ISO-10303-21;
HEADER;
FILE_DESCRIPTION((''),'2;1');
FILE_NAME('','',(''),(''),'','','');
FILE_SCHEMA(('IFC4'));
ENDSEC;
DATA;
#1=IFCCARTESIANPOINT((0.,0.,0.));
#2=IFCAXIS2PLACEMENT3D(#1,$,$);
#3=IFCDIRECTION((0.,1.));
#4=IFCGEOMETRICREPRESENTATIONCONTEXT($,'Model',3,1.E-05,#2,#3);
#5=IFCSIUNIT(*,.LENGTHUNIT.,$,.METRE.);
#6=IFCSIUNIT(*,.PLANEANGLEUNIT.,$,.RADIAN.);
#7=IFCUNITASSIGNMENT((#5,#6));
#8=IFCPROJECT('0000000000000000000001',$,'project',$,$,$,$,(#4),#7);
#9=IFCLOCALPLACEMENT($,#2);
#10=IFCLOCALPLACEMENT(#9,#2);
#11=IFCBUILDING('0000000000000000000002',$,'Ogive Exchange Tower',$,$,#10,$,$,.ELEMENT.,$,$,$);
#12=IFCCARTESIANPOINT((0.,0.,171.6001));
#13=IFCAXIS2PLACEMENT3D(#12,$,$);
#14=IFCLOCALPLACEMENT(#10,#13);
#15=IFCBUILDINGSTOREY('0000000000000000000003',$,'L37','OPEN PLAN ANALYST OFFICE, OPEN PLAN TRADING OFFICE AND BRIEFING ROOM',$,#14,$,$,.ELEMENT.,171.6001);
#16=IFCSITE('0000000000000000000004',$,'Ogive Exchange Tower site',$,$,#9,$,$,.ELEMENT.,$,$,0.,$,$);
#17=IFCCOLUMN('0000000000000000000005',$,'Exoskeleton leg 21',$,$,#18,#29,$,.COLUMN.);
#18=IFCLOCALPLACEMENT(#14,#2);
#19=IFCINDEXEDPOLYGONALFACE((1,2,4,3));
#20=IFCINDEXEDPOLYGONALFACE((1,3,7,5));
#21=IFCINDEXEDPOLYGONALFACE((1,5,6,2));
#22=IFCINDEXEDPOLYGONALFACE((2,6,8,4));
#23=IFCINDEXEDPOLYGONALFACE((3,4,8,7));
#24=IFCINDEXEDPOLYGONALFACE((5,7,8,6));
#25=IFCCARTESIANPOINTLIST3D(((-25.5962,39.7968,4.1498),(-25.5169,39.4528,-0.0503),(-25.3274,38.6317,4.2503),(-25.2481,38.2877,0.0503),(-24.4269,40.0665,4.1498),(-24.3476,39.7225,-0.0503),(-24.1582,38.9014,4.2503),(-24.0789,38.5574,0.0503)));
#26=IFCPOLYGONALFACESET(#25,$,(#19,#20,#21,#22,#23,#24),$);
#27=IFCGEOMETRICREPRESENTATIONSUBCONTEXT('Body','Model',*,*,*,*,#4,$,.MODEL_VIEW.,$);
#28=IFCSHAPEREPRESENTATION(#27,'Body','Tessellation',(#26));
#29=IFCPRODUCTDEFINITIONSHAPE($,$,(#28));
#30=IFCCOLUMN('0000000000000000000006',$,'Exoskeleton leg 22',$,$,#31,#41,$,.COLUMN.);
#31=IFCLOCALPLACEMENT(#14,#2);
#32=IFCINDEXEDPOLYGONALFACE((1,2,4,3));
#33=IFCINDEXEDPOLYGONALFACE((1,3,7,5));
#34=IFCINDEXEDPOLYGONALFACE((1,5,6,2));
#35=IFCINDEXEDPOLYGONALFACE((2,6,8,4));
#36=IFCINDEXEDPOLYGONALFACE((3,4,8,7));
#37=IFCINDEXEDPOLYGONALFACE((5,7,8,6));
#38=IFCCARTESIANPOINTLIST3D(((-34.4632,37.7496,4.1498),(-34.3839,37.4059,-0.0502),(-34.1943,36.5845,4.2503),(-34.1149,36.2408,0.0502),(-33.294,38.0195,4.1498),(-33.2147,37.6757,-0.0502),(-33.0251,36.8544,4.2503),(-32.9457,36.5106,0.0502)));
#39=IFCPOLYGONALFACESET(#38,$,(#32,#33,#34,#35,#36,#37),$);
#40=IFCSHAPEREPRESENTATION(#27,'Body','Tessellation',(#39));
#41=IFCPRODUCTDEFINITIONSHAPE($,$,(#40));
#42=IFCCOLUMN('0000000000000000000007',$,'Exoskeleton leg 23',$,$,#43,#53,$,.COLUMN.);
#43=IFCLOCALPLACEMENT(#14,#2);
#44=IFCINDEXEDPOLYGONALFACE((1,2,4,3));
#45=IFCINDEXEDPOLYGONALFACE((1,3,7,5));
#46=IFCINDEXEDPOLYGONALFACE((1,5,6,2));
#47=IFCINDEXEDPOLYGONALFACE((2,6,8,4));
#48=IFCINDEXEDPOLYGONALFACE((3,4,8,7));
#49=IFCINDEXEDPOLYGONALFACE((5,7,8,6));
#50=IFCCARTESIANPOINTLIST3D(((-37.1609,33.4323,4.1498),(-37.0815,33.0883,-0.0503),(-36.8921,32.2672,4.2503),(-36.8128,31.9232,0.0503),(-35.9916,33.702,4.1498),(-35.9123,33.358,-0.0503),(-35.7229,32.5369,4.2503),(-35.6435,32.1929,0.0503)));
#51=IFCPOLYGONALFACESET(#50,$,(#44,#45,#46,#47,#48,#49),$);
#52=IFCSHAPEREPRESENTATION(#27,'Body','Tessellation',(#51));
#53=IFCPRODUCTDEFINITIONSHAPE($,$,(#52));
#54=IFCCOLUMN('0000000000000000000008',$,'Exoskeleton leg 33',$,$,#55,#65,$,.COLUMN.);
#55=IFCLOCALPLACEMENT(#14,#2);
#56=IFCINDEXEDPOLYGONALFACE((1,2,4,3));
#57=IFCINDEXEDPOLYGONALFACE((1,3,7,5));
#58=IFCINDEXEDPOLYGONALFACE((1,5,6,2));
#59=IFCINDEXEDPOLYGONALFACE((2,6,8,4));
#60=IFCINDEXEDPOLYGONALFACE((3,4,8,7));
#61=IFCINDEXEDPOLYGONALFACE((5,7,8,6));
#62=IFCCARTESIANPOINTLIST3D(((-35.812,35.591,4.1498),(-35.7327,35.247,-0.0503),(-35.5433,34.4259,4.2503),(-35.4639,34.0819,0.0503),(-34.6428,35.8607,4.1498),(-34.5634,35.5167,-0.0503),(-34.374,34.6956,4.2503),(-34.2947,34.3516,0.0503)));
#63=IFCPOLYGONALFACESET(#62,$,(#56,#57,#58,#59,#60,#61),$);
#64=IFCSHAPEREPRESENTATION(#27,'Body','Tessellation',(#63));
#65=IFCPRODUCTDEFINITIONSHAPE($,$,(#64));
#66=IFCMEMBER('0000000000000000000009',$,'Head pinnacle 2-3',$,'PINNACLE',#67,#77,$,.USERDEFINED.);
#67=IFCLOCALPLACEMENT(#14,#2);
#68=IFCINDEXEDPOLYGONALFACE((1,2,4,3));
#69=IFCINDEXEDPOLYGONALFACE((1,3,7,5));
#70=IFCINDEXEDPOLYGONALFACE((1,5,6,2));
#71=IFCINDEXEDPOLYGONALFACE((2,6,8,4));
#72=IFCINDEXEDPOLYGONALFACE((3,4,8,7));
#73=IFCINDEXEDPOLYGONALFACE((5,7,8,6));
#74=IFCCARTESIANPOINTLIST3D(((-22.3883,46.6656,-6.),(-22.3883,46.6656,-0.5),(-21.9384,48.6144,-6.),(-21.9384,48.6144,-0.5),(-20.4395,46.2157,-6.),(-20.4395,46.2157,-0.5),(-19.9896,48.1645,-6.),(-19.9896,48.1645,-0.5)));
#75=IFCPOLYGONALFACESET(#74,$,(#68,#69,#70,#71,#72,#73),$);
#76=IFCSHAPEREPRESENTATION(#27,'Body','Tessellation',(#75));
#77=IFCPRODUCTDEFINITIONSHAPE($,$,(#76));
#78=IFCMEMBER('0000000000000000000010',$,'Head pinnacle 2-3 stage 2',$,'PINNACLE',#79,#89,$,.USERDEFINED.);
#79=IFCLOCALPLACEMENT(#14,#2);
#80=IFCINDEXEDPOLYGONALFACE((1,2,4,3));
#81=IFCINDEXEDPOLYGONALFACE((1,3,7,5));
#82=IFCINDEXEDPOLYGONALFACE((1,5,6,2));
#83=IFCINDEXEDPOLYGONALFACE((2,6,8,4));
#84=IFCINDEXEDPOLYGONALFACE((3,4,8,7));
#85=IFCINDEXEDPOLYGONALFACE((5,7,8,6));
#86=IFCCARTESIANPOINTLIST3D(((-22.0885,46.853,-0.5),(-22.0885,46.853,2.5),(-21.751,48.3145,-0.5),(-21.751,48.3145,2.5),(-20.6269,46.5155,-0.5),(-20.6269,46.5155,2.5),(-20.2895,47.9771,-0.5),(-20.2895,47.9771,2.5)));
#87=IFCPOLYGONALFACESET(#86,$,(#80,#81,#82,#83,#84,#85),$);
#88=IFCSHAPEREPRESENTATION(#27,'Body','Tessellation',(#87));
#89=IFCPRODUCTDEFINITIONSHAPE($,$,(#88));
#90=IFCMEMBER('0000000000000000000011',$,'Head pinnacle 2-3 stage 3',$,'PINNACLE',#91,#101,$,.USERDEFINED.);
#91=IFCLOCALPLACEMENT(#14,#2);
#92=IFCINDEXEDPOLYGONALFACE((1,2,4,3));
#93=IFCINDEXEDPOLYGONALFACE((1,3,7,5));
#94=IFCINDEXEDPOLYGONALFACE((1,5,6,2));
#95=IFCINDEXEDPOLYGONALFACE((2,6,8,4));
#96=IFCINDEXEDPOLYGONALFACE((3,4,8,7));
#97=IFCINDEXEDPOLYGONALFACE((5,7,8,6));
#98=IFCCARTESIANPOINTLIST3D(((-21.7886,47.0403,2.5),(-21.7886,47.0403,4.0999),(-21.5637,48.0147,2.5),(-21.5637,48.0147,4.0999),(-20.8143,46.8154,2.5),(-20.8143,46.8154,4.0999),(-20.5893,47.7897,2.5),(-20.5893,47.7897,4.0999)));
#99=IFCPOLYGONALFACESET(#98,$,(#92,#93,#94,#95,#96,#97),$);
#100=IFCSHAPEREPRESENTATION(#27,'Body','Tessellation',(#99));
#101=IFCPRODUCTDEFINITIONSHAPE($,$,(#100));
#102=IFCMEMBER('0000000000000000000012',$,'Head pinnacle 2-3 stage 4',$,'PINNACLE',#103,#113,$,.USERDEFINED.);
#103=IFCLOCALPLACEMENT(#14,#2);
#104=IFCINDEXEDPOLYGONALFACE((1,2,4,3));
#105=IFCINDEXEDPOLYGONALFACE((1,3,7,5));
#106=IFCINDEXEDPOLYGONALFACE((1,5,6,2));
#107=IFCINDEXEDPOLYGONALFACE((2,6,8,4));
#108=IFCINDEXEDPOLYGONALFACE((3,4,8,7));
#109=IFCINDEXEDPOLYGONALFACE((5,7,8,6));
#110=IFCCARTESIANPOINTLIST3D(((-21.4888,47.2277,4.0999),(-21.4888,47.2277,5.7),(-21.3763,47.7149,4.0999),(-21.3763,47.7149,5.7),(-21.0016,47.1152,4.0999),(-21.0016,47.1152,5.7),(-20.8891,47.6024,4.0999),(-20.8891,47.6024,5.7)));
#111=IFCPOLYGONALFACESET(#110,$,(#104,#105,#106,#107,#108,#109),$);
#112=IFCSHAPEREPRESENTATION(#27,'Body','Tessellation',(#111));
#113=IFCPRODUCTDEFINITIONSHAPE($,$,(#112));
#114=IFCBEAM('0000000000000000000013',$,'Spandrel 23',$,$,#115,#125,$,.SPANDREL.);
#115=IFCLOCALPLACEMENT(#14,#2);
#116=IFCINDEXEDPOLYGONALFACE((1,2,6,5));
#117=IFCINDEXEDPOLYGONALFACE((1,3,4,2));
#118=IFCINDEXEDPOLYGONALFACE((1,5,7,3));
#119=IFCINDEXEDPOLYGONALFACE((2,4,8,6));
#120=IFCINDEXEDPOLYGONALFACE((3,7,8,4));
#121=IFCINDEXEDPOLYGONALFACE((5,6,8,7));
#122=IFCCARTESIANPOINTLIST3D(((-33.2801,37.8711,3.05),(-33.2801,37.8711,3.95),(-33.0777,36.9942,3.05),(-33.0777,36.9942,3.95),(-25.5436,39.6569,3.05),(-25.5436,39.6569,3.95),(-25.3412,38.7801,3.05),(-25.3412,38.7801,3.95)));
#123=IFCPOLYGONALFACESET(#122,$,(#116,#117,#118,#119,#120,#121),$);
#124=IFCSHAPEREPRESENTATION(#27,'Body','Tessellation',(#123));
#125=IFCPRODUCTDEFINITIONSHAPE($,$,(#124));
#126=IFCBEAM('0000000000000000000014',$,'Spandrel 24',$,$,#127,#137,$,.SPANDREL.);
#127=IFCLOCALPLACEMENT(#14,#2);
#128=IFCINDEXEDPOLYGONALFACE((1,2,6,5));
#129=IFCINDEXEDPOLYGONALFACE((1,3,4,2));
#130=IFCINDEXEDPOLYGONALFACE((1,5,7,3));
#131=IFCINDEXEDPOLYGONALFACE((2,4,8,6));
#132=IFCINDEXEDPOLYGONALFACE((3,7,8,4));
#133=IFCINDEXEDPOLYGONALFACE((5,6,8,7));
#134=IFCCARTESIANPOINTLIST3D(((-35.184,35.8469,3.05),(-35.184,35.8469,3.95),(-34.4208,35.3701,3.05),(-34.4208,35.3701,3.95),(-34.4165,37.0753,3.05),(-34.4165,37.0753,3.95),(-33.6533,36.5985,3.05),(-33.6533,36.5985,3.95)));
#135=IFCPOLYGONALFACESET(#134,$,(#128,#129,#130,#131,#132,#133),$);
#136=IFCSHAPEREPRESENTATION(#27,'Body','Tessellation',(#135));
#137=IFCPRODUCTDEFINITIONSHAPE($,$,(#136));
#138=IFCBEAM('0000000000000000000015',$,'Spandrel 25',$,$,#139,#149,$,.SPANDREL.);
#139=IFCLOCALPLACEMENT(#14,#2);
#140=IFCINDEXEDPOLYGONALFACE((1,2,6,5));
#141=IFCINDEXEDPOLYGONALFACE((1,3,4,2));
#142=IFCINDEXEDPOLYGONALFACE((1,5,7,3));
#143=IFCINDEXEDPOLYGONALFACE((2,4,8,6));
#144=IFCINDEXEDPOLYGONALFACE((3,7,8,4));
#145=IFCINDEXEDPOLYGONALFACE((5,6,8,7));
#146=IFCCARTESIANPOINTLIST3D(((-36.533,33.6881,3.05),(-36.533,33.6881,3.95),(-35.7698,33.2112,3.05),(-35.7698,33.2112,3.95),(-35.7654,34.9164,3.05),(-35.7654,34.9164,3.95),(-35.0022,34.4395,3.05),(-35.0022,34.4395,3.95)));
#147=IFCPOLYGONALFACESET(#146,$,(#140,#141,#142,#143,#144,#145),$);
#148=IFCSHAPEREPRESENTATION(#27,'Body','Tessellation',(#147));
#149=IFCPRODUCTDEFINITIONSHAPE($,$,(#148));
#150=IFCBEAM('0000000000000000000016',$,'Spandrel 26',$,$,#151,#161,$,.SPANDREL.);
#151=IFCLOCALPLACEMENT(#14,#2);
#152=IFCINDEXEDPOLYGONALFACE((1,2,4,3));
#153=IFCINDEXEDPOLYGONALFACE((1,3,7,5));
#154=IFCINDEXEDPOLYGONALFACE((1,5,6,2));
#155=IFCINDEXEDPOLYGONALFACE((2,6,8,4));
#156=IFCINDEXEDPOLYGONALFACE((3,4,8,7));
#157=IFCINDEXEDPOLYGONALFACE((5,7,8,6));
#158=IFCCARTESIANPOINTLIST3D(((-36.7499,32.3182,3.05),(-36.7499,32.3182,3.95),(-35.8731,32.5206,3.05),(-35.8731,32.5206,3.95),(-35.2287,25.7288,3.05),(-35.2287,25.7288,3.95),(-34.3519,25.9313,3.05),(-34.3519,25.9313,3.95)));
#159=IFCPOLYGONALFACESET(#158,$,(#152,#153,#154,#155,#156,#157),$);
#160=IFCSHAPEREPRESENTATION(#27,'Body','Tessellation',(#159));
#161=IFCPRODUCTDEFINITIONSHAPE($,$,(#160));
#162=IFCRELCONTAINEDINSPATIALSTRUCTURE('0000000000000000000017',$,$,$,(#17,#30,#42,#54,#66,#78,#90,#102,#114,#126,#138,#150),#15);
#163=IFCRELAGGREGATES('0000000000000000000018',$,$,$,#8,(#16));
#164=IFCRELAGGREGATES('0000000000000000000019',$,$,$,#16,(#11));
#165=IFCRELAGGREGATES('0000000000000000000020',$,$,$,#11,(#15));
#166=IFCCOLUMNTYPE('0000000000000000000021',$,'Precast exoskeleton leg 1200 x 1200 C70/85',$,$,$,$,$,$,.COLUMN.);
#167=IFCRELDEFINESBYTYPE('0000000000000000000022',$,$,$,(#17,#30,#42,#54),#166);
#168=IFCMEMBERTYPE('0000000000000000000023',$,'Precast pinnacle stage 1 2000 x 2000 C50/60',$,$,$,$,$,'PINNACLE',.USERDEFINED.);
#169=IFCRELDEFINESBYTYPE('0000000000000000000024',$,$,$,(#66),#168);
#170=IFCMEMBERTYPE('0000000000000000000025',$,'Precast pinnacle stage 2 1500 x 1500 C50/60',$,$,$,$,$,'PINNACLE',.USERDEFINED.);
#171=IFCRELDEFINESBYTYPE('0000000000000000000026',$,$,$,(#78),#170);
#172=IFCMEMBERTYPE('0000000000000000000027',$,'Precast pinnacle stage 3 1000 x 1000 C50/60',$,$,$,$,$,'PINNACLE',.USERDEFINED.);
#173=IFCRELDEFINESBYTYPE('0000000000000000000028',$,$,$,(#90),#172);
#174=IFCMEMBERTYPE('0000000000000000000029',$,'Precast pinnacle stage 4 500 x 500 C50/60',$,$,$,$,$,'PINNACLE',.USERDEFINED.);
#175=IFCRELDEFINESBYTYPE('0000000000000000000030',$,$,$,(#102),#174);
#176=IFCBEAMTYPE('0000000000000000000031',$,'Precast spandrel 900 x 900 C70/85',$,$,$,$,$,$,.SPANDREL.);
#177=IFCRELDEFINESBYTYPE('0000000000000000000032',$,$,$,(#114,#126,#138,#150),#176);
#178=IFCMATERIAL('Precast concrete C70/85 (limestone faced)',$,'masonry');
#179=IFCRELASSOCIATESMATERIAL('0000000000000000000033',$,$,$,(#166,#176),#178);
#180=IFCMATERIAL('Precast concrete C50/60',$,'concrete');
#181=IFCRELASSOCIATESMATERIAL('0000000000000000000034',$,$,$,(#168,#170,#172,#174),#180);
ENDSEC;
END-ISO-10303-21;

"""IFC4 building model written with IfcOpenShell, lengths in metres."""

from ifc_helpers import new_model, si_unit, direction, frame, origin, origin_2d, place, context, subcontext, project, spatial, rectangle, extrude, material, material_profile, profile_set, type_object, element, save


model = new_model("IFC4")

# Units and contexts
model_context = context("Model", 3, precision=1e-05, world=origin(), true_north=direction((0.0, 1.0)))
body_context = subcontext(model_context, "Body", "Model", "MODEL_VIEW")
ifc_project = project(units=[si_unit("LENGTHUNIT", "METRE"), si_unit("PLANEANGLEUNIT", "RADIAN")], contexts=[model_context])

# Site, building, storey
site_placement = place(None, origin())
site = spatial("IfcSite", under=ifc_project, at=site_placement, Name="Ogive Exchange Tower site", CompositionType="ELEMENT", RefElevation=0.0)
building_placement = place(site_placement, origin())
building = spatial("IfcBuilding", under=site, at=building_placement, Name="Ogive Exchange Tower", CompositionType="ELEMENT")
storey_placement = place(building_placement, frame((0.0, 0.0, 171.6001)))
storey = spatial("IfcBuildingStorey", under=building, at=storey_placement, Name="L37", Description="OPEN PLAN ANALYST OFFICE, OPEN PLAN TRADING OFFICE AND BRIEFING ROOM", CompositionType="ELEMENT", Elevation=171.6001)

# Columns
ifc_material_1 = material(Name="Precast concrete C70/85 (limestone faced)", Category="masonry")
ifc_material_profile_1 = material_profile(ifc_material_1, rectangle(XDim=1.2, YDim=1.2, at=origin_2d()), Name="1200 x 1200")
ifc_profile_set_1 = profile_set([ifc_material_profile_1], Name="Precast concrete C70/85 (limestone faced)")
column_type = type_object("IfcColumnType", Name="Precast exoskeleton leg 1200 x 1200 C70/85", PredefinedType="COLUMN", material=ifc_profile_set_1)
for number, where, z_axis, x_axis, name in (
    (1, (-24.7979, 39.0051, 0.0), (-0.018826, 0.081617, 0.996486), (-0.974415, -0.224758, 0.0), "Exoskeleton leg 21"),
    (2, (-33.6648, 36.9583, 0.0), (-0.018826, 0.081559, 0.996491), (-0.97438, -0.22491, 0.0), "Exoskeleton leg 22"),
    (3, (-36.3625, 32.6406, 0.0), (-0.018826, 0.081617, 0.996486), (-0.974415, -0.224758, 0.0), "Exoskeleton leg 23"),
    (4, (-35.0137, 34.7993, 0.0), (-0.018826, 0.081617, 0.996486), (-0.974415, -0.224758, 0.0), "Exoskeleton leg 33"),
):
    element("IfcColumn", number, at=place(storey_placement, frame(where, z_axis=z_axis, x_axis=x_axis)), inside=storey, type_object=column_type, Name=name, PredefinedType="COLUMN", context=body_context, shape_type="SweptSolid", body=[
        extrude(rectangle(XDim=1.2, YDim=1.2, at=origin_2d()), origin(), (0.0, 0.0, 1.0), 4.2148),
    ])

# Members
ifc_material_2 = material(Name="Precast concrete C50/60", Category="concrete")
ifc_material_profile_2 = material_profile(ifc_material_2, rectangle(XDim=2.0, YDim=2.0, at=origin_2d()), Name="PINNACLE 1 2000 x 2000")
ifc_profile_set_2 = profile_set([ifc_material_profile_2], Name="Precast concrete C50/60")
member_type_1 = type_object("IfcMemberType", Name="Precast pinnacle stage 1 2000 x 2000 C50/60", ElementType="PINNACLE", PredefinedType="USERDEFINED", material=ifc_profile_set_2)
member_1_placement = place(storey_placement, frame((-21.189, 47.415, -6.0), z_axis=(0.0, 0.0, 1.0), x_axis=(0.97437, -0.224951, 0.0)))
element("IfcMember", 5, at=member_1_placement, inside=storey, type_object=member_type_1, Name="Head pinnacle 2-3", ObjectType="PINNACLE", PredefinedType="USERDEFINED", context=body_context, shape_type="SweptSolid", body=[
    extrude(rectangle(XDim=2.0, YDim=2.0, at=origin_2d()), origin(), (0.0, 0.0, 1.0), 5.5),
])
ifc_material_profile_3 = material_profile(ifc_material_2, rectangle(XDim=1.5, YDim=1.5, at=origin_2d()), Name="PINNACLE 2 1500 x 1500")
ifc_profile_set_3 = profile_set([ifc_material_profile_3], Name="Precast concrete C50/60")
member_type_2 = type_object("IfcMemberType", Name="Precast pinnacle stage 2 1500 x 1500 C50/60", ElementType="PINNACLE", PredefinedType="USERDEFINED", material=ifc_profile_set_3)
member_2_placement = place(storey_placement, frame((-21.189, 47.415, -0.5), z_axis=(0.0, 0.0, 1.0), x_axis=(0.97437, -0.224951, 0.0)))
element("IfcMember", 6, at=member_2_placement, inside=storey, type_object=member_type_2, Name="Head pinnacle 2-3 stage 2", ObjectType="PINNACLE", PredefinedType="USERDEFINED", context=body_context, shape_type="SweptSolid", body=[
    extrude(rectangle(XDim=1.5, YDim=1.5, at=origin_2d()), origin(), (0.0, 0.0, 1.0), 3.0),
])
ifc_material_profile_4 = material_profile(ifc_material_2, rectangle(XDim=1.0, YDim=1.0, at=origin_2d()), Name="PINNACLE 3 1000 x 1000")
ifc_profile_set_4 = profile_set([ifc_material_profile_4], Name="Precast concrete C50/60")
member_type_3 = type_object("IfcMemberType", Name="Precast pinnacle stage 3 1000 x 1000 C50/60", ElementType="PINNACLE", PredefinedType="USERDEFINED", material=ifc_profile_set_4)
member_3_placement = place(storey_placement, frame((-21.189, 47.415, 2.5), z_axis=(0.0, 0.0, 1.0), x_axis=(0.97437, -0.224951, 0.0)))
element("IfcMember", 7, at=member_3_placement, inside=storey, type_object=member_type_3, Name="Head pinnacle 2-3 stage 3", ObjectType="PINNACLE", PredefinedType="USERDEFINED", context=body_context, shape_type="SweptSolid", body=[
    extrude(rectangle(XDim=1.0, YDim=1.0, at=origin_2d()), origin(), (0.0, 0.0, 1.0), 1.5999),
])
ifc_material_profile_5 = material_profile(ifc_material_2, rectangle(XDim=0.5, YDim=0.5, at=origin_2d()), Name="PINNACLE 4 500 x 500")
ifc_profile_set_5 = profile_set([ifc_material_profile_5], Name="Precast concrete C50/60")
member_type_4 = type_object("IfcMemberType", Name="Precast pinnacle stage 4 500 x 500 C50/60", ElementType="PINNACLE", PredefinedType="USERDEFINED", material=ifc_profile_set_5)
member_4_placement = place(storey_placement, frame((-21.189, 47.415, 4.0999), z_axis=(0.0, 0.0, 1.0), x_axis=(0.97437, -0.224951, 0.0)))
element("IfcMember", 8, at=member_4_placement, inside=storey, type_object=member_type_4, Name="Head pinnacle 2-3 stage 4", ObjectType="PINNACLE", PredefinedType="USERDEFINED", context=body_context, shape_type="SweptSolid", body=[
    extrude(rectangle(XDim=0.5, YDim=0.5, at=origin_2d()), origin(), (0.0, 0.0, 1.0), 1.6001),
])

# Beams
ifc_material_profile_6 = material_profile(ifc_material_1, rectangle(XDim=0.8999, YDim=0.8999, at=origin_2d()), Name="900 x 900")
ifc_profile_set_6 = profile_set([ifc_material_profile_6], Name="Precast concrete C70/85 (limestone faced)")
beam_type = type_object("IfcBeamType", Name="Precast spandrel 900 x 900 C70/85", PredefinedType="SPANDREL", material=ifc_profile_set_6)
beam_1_placement = place(storey_placement, frame((-25.4424, 39.2185, 3.5), z_axis=(-0.974377, -0.224922, 0.0), x_axis=(0.224922, -0.974377, 0.0)))
element("IfcBeam", 9, at=beam_1_placement, inside=storey, type_object=beam_type, Name="Spandrel 23", PredefinedType="SPANDREL", context=body_context, shape_type="SweptSolid", body=[
    extrude(rectangle(XDim=0.8999, YDim=0.8999, at=origin_2d()), origin(), (0.0, 0.0, 1.0), 7.9399),
])
for number, where, z_axis, x_axis, name in (
    (10, (-34.0349, 36.8369, 3.5), (-0.529878, -0.848074, 0.0), (0.848074, -0.529878, 0.0), "Spandrel 24"),
    (11, (-35.3838, 34.678, 3.5), (-0.529953, -0.848027, 0.0), (0.848027, -0.529953, 0.0), "Spandrel 25"),
):
    element("IfcBeam", number, at=place(storey_placement, frame(where, z_axis=z_axis, x_axis=x_axis)), inside=storey, type_object=beam_type, Name=name, PredefinedType="SPANDREL", context=body_context, shape_type="SweptSolid", body=[
        extrude(rectangle(XDim=0.8999, YDim=0.8999, at=origin_2d()), origin(), (0.0, 0.0, 1.0), 1.4485),
    ])
beam_2_placement = place(storey_placement, frame((-36.3115, 32.4194, 3.5), z_axis=(0.224947, -0.974371, 0.0), x_axis=(0.974371, 0.224947, 0.0)))
element("IfcBeam", 12, at=beam_2_placement, inside=storey, type_object=beam_type, Name="Spandrel 26", PredefinedType="SPANDREL", context=body_context, shape_type="SweptSolid", body=[
    extrude(rectangle(XDim=0.8999, YDim=0.8999, at=origin_2d()), origin(), (0.0, 0.0, 1.0), 6.7627),
])

save(model, "model.ifc")
